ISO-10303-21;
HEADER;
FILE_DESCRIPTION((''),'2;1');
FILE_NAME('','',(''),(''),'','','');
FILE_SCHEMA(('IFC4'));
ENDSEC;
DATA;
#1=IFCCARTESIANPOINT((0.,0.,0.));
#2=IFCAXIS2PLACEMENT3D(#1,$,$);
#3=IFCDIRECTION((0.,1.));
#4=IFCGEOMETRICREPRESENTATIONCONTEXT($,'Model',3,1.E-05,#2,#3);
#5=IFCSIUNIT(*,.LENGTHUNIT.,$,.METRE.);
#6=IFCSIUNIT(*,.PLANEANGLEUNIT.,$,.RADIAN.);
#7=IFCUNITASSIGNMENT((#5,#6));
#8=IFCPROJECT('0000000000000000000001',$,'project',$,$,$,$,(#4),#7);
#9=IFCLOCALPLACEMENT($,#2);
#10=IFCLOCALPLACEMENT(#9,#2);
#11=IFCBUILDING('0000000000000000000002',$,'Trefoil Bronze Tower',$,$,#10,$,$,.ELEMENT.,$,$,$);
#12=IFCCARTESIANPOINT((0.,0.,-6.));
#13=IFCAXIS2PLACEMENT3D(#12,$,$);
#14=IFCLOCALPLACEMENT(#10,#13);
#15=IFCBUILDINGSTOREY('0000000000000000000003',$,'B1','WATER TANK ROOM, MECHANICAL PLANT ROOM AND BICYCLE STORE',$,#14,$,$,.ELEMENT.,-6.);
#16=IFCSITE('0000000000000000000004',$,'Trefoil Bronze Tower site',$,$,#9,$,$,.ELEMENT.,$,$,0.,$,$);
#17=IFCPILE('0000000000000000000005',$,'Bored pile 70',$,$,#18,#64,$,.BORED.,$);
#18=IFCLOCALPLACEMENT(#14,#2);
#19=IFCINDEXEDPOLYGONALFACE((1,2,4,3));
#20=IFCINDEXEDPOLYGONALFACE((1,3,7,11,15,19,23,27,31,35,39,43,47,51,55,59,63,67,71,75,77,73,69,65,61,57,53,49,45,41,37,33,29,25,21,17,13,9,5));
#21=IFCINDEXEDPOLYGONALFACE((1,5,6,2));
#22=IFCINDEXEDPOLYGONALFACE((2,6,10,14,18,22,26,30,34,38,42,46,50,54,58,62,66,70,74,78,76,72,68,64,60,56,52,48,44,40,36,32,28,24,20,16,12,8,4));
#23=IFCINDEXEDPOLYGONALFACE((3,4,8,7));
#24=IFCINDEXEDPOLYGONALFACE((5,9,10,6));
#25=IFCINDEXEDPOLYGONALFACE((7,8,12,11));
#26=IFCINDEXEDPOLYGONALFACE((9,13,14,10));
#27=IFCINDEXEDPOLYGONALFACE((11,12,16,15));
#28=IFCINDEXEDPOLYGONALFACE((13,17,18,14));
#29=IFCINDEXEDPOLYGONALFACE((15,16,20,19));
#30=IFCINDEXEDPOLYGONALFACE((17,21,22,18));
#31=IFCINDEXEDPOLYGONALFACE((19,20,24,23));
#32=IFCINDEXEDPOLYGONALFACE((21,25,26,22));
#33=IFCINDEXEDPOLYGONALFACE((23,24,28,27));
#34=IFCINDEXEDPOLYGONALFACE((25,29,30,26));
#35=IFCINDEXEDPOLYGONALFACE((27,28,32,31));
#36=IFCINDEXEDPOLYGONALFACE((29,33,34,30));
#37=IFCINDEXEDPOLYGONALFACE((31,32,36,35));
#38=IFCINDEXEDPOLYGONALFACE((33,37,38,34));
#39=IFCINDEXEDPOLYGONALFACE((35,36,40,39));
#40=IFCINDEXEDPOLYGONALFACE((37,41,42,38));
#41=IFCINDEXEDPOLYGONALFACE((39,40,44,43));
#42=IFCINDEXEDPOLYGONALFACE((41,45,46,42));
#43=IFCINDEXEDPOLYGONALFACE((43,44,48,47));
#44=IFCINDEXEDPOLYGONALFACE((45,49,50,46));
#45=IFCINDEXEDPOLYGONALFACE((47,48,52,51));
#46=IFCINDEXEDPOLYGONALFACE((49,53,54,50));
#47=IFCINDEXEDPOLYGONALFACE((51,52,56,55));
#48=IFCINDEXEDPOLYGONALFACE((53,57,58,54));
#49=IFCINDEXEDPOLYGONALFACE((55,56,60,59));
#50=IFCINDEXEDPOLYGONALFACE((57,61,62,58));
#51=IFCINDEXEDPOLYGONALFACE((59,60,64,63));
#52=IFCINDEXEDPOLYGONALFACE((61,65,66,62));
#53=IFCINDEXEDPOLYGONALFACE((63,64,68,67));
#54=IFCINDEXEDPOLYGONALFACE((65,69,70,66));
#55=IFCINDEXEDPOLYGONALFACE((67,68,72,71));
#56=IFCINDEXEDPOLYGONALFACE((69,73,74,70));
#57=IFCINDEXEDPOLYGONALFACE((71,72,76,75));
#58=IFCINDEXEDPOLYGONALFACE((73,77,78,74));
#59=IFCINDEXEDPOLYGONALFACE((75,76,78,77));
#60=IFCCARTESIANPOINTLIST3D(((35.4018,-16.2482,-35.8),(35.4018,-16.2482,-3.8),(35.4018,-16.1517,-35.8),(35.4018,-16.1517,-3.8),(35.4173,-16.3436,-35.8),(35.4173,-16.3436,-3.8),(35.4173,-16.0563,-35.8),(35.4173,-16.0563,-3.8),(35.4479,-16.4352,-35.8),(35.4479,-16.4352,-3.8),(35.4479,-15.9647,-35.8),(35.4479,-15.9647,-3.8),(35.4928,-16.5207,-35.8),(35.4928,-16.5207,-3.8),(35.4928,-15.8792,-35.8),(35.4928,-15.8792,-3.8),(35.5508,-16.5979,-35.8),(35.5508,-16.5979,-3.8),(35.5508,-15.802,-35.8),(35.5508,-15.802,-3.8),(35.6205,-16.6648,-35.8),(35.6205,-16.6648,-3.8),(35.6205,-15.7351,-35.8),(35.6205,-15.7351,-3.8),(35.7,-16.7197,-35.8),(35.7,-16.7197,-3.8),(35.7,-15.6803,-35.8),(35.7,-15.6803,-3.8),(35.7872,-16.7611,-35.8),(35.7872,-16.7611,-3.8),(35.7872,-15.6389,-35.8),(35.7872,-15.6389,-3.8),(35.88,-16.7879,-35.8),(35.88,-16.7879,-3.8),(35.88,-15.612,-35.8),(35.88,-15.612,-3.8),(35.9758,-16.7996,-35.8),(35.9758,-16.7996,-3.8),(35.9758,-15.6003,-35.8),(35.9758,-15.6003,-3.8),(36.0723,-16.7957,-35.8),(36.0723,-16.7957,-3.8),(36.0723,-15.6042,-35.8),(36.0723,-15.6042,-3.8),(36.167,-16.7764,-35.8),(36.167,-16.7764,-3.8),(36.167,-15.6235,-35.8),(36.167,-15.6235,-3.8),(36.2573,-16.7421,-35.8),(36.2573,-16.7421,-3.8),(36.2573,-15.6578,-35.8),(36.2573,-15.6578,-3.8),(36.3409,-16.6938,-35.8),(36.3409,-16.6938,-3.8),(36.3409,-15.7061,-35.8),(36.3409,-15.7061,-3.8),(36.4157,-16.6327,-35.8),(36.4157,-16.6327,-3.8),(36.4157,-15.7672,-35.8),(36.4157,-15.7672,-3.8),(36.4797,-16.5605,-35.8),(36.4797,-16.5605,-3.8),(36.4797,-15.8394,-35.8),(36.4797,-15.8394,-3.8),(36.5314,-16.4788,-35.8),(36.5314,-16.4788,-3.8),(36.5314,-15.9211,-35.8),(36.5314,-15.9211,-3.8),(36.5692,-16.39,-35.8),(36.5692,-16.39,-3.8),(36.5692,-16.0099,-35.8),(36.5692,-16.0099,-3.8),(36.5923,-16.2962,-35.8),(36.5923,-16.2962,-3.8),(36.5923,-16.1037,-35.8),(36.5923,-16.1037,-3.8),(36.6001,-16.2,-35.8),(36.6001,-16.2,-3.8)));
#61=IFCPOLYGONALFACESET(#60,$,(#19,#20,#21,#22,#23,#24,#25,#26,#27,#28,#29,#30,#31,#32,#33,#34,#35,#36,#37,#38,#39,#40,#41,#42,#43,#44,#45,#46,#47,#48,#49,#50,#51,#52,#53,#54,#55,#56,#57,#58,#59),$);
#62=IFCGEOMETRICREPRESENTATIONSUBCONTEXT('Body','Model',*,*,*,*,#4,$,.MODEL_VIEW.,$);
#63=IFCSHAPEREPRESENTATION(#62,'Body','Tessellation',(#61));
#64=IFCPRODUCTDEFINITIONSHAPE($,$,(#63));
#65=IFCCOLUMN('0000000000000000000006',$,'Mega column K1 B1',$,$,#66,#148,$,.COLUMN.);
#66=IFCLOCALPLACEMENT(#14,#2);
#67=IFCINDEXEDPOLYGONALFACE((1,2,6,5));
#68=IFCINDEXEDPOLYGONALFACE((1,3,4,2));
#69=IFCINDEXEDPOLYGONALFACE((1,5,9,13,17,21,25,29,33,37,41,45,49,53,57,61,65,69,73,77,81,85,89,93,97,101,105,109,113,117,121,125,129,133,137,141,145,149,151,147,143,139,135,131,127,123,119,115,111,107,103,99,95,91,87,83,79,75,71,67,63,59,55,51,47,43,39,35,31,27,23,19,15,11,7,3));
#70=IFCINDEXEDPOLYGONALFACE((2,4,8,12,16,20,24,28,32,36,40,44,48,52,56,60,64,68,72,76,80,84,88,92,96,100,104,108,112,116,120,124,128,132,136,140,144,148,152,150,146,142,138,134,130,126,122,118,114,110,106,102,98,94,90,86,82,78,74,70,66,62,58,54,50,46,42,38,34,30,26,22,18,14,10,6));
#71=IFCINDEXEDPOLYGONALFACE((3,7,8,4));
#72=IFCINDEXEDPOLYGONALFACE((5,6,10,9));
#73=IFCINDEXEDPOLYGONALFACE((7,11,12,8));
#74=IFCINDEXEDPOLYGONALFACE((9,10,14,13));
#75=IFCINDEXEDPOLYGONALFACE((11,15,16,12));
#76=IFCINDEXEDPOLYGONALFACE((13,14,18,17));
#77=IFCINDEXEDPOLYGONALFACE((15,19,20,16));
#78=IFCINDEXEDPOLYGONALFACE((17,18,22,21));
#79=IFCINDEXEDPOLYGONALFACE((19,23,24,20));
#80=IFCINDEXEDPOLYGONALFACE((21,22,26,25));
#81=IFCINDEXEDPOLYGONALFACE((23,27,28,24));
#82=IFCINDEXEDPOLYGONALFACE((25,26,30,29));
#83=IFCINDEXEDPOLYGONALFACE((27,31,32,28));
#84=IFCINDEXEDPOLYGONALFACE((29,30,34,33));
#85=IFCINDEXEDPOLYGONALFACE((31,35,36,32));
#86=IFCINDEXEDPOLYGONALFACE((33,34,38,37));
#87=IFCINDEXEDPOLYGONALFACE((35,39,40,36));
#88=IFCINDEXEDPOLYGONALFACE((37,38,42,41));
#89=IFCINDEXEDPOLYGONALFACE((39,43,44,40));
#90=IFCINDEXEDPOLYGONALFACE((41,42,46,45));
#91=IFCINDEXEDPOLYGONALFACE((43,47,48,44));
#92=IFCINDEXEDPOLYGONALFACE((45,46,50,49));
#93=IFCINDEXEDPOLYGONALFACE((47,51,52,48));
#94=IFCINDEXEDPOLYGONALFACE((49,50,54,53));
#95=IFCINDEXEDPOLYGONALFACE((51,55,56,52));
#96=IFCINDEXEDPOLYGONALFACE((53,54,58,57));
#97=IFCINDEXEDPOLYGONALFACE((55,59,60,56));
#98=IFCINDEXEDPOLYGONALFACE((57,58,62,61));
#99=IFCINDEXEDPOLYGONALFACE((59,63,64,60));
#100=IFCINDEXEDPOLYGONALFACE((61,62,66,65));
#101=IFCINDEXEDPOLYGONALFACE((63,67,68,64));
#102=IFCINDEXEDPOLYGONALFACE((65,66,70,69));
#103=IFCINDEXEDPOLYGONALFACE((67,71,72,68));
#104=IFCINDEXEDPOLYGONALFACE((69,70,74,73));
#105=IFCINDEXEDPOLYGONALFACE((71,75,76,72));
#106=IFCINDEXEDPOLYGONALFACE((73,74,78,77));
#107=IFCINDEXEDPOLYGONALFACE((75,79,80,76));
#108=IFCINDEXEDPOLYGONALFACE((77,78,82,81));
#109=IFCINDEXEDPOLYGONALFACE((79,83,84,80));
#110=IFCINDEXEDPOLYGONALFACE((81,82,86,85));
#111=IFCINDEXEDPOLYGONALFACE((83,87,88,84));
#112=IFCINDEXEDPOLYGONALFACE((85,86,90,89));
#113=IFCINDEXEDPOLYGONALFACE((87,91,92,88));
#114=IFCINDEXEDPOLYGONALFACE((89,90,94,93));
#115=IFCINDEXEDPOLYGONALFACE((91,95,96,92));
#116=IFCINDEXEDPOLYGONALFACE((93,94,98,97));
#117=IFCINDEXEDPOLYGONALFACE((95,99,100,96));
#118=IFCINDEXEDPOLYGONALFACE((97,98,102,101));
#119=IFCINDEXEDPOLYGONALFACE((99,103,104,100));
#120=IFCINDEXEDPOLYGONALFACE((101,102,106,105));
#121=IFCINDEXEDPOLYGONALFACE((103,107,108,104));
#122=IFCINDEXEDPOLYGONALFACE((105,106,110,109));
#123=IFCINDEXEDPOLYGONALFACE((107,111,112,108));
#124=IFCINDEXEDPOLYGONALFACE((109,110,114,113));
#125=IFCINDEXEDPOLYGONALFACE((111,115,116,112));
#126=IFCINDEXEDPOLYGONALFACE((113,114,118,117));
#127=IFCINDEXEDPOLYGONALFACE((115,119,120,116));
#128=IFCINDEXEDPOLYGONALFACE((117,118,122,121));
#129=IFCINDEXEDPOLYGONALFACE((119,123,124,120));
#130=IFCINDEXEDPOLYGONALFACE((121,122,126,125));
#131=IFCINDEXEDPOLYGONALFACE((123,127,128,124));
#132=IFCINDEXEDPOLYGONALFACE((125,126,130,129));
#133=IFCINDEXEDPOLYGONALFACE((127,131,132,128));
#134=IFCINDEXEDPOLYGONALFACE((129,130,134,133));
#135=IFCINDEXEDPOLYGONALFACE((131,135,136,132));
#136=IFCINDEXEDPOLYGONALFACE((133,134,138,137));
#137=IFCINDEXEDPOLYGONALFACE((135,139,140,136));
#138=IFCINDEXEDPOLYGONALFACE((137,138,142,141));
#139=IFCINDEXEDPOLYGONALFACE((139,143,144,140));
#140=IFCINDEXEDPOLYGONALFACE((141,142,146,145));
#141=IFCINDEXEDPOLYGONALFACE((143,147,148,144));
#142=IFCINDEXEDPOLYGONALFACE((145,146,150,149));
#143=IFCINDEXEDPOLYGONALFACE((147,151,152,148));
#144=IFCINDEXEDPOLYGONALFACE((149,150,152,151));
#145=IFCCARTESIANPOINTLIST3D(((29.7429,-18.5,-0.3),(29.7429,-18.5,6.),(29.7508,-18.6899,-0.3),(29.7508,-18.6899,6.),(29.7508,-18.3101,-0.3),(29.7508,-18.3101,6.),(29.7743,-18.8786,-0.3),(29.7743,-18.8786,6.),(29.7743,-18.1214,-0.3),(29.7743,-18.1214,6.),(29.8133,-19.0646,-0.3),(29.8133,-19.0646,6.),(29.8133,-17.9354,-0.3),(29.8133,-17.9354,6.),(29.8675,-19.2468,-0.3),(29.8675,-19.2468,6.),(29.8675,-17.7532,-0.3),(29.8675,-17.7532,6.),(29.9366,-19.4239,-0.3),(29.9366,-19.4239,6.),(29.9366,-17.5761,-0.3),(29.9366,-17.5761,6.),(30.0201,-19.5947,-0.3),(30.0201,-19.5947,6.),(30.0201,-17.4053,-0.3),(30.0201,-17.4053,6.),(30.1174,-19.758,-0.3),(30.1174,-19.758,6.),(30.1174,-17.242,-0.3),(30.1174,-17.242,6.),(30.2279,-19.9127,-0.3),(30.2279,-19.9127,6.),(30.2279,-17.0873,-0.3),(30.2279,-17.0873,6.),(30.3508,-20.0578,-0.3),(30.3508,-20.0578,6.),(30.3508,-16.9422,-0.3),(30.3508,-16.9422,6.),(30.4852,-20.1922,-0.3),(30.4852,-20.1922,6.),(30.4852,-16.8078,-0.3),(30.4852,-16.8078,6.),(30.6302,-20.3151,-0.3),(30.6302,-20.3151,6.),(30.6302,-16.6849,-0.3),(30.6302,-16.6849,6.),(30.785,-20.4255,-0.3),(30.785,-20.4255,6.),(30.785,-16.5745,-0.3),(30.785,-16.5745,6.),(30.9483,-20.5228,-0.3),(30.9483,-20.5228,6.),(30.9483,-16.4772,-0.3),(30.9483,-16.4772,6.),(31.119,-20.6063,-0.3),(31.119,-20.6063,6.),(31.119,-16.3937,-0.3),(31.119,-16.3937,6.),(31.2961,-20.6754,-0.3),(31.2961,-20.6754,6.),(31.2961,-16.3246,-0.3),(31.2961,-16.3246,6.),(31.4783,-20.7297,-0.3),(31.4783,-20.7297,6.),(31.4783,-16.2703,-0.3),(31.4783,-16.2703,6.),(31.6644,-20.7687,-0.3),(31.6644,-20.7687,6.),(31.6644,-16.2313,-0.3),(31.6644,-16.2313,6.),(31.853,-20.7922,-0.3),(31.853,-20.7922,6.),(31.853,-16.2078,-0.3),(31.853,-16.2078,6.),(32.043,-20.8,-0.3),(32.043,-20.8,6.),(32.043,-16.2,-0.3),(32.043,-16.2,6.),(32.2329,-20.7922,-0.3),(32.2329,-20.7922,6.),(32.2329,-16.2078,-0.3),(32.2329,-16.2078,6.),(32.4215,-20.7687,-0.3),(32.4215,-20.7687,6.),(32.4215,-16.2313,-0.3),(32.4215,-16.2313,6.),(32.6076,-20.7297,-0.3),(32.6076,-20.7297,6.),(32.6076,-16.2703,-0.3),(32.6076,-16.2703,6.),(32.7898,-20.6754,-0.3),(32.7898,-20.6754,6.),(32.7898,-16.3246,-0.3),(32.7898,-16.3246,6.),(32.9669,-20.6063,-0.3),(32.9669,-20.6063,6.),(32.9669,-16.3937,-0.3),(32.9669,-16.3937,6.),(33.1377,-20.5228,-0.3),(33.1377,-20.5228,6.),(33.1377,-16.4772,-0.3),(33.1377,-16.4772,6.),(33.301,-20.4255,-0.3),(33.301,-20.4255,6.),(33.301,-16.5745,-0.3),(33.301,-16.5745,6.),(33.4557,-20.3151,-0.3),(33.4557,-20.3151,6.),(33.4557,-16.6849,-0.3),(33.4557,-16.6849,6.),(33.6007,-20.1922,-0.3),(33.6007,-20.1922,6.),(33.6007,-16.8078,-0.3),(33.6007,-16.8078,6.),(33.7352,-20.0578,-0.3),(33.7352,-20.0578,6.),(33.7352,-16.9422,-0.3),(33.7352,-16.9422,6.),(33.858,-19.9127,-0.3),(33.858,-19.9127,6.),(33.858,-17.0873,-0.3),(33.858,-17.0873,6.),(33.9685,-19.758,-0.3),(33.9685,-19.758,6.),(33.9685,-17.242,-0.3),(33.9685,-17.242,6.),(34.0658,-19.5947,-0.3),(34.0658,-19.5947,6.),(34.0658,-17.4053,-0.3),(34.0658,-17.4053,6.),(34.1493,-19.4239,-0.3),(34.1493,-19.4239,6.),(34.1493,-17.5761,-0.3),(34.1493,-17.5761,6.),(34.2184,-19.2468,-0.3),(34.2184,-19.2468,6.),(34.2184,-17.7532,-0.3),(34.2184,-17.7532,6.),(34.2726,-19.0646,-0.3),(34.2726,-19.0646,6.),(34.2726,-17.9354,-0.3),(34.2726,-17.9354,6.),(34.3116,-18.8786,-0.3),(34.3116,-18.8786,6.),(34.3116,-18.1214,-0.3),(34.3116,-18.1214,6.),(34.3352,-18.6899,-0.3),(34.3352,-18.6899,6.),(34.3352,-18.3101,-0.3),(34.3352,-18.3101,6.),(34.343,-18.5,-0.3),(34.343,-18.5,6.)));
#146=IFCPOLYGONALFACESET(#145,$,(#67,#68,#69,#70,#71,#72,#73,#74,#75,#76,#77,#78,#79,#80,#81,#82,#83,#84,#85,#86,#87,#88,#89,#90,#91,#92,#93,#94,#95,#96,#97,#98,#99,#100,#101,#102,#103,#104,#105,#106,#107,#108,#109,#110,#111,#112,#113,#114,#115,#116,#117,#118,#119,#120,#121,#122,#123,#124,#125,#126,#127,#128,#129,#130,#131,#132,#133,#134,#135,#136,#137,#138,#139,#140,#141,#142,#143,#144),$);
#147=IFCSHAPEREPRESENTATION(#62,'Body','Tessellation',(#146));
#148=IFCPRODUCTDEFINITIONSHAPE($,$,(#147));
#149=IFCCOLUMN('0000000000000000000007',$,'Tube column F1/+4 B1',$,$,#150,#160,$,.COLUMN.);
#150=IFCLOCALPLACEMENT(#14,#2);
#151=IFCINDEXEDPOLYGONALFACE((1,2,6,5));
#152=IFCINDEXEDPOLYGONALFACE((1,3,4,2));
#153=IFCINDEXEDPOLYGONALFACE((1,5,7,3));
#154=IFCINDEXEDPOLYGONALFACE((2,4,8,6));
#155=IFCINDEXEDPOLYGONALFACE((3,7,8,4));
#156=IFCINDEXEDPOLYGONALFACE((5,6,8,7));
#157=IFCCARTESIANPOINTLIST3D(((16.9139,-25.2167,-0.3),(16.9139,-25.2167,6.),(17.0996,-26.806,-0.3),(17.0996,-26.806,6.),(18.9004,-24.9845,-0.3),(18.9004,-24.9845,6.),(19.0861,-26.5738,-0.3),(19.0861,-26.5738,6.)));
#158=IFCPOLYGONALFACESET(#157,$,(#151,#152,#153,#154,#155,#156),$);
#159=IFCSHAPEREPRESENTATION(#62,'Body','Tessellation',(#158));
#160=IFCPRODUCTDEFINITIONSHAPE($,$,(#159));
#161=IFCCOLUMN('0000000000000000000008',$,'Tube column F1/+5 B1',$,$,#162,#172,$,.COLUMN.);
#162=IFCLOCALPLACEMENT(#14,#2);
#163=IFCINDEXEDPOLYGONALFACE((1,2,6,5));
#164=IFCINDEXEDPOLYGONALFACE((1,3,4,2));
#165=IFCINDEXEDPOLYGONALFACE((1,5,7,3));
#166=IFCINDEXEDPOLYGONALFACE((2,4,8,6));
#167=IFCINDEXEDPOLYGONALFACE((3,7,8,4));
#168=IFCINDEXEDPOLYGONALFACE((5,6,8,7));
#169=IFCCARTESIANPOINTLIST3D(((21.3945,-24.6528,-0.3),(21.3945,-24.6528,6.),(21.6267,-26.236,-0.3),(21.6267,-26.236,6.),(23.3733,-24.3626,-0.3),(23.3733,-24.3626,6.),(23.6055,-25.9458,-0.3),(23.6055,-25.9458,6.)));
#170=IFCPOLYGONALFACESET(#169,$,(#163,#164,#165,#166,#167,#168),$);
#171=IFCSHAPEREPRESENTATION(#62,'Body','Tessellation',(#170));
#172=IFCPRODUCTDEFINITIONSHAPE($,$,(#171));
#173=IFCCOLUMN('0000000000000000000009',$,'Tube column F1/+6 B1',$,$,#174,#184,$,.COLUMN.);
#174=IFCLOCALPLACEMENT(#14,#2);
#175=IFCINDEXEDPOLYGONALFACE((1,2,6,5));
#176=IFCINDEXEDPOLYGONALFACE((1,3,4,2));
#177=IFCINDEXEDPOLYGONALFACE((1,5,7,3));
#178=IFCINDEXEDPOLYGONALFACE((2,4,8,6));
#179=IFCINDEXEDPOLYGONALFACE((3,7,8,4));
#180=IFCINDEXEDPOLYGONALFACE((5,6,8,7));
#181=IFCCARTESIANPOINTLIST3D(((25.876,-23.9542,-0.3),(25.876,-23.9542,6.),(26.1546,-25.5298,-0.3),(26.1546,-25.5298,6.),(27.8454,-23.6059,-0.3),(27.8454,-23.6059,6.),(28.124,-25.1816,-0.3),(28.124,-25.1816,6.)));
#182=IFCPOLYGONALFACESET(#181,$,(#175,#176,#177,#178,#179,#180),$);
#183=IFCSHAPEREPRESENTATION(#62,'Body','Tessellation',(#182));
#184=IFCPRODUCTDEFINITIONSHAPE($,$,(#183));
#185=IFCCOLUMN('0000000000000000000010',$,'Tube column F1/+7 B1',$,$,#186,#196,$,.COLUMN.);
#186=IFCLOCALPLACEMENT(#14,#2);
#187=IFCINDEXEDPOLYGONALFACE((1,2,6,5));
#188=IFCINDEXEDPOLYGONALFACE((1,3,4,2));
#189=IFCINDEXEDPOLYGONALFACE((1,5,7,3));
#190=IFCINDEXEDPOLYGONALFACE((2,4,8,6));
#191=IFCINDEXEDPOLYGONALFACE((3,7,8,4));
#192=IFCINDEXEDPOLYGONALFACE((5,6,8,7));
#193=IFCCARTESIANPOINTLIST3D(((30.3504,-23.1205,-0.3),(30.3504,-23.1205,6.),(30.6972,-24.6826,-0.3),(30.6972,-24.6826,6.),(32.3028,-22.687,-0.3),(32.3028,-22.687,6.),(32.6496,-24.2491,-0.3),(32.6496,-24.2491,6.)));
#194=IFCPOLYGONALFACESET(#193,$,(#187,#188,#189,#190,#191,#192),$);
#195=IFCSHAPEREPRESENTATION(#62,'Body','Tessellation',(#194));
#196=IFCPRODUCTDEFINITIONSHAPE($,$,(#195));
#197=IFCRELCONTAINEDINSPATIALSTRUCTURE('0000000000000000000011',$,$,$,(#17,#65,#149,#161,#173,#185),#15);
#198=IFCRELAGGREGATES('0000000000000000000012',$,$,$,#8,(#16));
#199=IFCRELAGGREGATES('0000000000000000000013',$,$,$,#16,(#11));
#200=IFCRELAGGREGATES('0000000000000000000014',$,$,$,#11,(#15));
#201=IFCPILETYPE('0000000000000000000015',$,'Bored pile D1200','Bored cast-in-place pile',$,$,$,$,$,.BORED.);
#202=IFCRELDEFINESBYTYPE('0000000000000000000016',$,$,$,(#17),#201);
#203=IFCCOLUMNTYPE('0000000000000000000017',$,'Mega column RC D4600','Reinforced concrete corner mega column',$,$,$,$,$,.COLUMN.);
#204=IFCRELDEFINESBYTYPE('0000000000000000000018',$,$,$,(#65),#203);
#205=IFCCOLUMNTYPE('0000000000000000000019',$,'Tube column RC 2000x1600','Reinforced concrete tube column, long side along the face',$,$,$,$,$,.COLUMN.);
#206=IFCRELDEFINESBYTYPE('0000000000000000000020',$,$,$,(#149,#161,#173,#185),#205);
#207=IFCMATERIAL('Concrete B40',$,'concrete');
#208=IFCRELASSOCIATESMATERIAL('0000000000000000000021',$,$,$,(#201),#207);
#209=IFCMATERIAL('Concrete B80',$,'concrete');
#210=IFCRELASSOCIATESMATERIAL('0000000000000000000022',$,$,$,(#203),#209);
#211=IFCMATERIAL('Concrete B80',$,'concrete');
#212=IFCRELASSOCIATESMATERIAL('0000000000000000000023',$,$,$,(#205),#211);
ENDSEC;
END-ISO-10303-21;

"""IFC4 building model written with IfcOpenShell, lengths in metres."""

from ifc_helpers import new_model, si_unit, direction, frame, origin, origin_2d, place, context, subcontext, project, spatial, rectangle, circle, extrude, material, material_profile, profile_set, type_object, element, save


model = new_model("IFC4")

# Units and contexts
model_context = context("Model", 3, precision=1e-05, world=origin(), true_north=direction((0.0, 1.0)))
body_context = subcontext(model_context, "Body", "Model", "MODEL_VIEW")
ifc_project = project(units=[si_unit("LENGTHUNIT", "METRE"), si_unit("PLANEANGLEUNIT", "RADIAN")], contexts=[model_context])

# Site, building, storey
site_placement = place(None, origin())
site = spatial("IfcSite", under=ifc_project, at=site_placement, Name="Trefoil Bronze Tower site", CompositionType="ELEMENT", RefElevation=0.0)
building_placement = place(site_placement, origin())
building = spatial("IfcBuilding", under=site, at=building_placement, Name="Trefoil Bronze Tower", CompositionType="ELEMENT")
storey_placement = place(building_placement, frame((0.0, 0.0, -6.0)))
storey = spatial("IfcBuildingStorey", under=building, at=storey_placement, Name="B1", Description="WATER TANK ROOM, MECHANICAL PLANT ROOM AND BICYCLE STORE", CompositionType="ELEMENT", Elevation=-6.0)

# Pile
ifc_material_1 = material(Name="Concrete B40", Category="concrete")
pile_type = type_object("IfcPileType", Name="Bored pile D1200", Description="Bored cast-in-place pile", PredefinedType="BORED", material=ifc_material_1)
for number, where, z_axis, x_axis, name in (
    (1, (36.0, -16.2, -3.8), (0.0, 0.0, -1.0), (1.0, 0.0, 0.0), "Bored pile 70"),
):
    element("IfcPile", number, at=place(storey_placement, frame(where, z_axis=z_axis, x_axis=x_axis)), inside=storey, type_object=pile_type, Name=name, PredefinedType="BORED", context=body_context, shape_type="SweptSolid", body=[
        extrude(circle(Radius=0.6001, at=origin_2d()), origin(), (0.0, 0.0, 1.0), 32.0),
    ])

# Columns
ifc_material_2 = material(Name="Concrete B80", Category="concrete")
ifc_material_profile_1 = material_profile(ifc_material_2, circle(Radius=2.3, at=origin_2d()), Name="RC D4600")
ifc_profile_set_1 = profile_set([ifc_material_profile_1], Name="Concrete B80")
column_type_1 = type_object("IfcColumnType", Name="Mega column RC D4600", Description="Reinforced concrete corner mega column", PredefinedType="COLUMN", material=ifc_profile_set_1)
column_placement = place(storey_placement, frame((32.043, -18.5, -0.3), z_axis=(0.0, 0.0, 1.0), x_axis=(1.0, 0.0, 0.0)))
element("IfcColumn", 2, at=column_placement, inside=storey, type_object=column_type_1, Name="Mega column K1 B1", PredefinedType="COLUMN", context=body_context, shape_type="SweptSolid", body=[
    extrude(circle(Radius=2.3, at=origin_2d()), origin(), (0.0, 0.0, 1.0), 6.3),
])
ifc_material_3 = material(Name="Concrete B80", Category="concrete")
ifc_material_profile_2 = material_profile(ifc_material_3, rectangle(XDim=2.0, YDim=1.6001, at=origin_2d()), Name="RC 2000x1600")
ifc_profile_set_2 = profile_set([ifc_material_profile_2], Name="Concrete B80")
column_type_2 = type_object("IfcColumnType", Name="Tube column RC 2000x1600", Description="Reinforced concrete tube column, long side along the face", PredefinedType="COLUMN", material=ifc_profile_set_2)
for number, where, z_axis, x_axis, name in (
    (3, (18.0, -25.8953, -0.3), (0.0, 0.0, 1.0), (0.993239, 0.116087, 0.0), "Tube column F1/+4 B1"),
    (4, (22.5, -25.2993, -0.3), (0.0, 0.0, 1.0), (0.989416, 0.145109, 0.0), "Tube column F1/+5 B1"),
    (5, (27.0, -24.5679, -0.3), (0.0, 0.0, 1.0), (0.984722, 0.174131, 0.0), "Tube column F1/+6 B1"),
    (6, (31.5, -23.6848, -0.3), (0.0, 0.0, 1.0), (0.97623, 0.216739, 0.0), "Tube column F1/+7 B1"),
):
    element("IfcColumn", number, at=place(storey_placement, frame(where, z_axis=z_axis, x_axis=x_axis)), inside=storey, type_object=column_type_2, Name=name, PredefinedType="COLUMN", context=body_context, shape_type="SweptSolid", body=[
        extrude(rectangle(XDim=2.0, YDim=1.6001, at=origin_2d()), origin(), (0.0, 0.0, 1.0), 6.3),
    ])

save(model, "model.ifc")
